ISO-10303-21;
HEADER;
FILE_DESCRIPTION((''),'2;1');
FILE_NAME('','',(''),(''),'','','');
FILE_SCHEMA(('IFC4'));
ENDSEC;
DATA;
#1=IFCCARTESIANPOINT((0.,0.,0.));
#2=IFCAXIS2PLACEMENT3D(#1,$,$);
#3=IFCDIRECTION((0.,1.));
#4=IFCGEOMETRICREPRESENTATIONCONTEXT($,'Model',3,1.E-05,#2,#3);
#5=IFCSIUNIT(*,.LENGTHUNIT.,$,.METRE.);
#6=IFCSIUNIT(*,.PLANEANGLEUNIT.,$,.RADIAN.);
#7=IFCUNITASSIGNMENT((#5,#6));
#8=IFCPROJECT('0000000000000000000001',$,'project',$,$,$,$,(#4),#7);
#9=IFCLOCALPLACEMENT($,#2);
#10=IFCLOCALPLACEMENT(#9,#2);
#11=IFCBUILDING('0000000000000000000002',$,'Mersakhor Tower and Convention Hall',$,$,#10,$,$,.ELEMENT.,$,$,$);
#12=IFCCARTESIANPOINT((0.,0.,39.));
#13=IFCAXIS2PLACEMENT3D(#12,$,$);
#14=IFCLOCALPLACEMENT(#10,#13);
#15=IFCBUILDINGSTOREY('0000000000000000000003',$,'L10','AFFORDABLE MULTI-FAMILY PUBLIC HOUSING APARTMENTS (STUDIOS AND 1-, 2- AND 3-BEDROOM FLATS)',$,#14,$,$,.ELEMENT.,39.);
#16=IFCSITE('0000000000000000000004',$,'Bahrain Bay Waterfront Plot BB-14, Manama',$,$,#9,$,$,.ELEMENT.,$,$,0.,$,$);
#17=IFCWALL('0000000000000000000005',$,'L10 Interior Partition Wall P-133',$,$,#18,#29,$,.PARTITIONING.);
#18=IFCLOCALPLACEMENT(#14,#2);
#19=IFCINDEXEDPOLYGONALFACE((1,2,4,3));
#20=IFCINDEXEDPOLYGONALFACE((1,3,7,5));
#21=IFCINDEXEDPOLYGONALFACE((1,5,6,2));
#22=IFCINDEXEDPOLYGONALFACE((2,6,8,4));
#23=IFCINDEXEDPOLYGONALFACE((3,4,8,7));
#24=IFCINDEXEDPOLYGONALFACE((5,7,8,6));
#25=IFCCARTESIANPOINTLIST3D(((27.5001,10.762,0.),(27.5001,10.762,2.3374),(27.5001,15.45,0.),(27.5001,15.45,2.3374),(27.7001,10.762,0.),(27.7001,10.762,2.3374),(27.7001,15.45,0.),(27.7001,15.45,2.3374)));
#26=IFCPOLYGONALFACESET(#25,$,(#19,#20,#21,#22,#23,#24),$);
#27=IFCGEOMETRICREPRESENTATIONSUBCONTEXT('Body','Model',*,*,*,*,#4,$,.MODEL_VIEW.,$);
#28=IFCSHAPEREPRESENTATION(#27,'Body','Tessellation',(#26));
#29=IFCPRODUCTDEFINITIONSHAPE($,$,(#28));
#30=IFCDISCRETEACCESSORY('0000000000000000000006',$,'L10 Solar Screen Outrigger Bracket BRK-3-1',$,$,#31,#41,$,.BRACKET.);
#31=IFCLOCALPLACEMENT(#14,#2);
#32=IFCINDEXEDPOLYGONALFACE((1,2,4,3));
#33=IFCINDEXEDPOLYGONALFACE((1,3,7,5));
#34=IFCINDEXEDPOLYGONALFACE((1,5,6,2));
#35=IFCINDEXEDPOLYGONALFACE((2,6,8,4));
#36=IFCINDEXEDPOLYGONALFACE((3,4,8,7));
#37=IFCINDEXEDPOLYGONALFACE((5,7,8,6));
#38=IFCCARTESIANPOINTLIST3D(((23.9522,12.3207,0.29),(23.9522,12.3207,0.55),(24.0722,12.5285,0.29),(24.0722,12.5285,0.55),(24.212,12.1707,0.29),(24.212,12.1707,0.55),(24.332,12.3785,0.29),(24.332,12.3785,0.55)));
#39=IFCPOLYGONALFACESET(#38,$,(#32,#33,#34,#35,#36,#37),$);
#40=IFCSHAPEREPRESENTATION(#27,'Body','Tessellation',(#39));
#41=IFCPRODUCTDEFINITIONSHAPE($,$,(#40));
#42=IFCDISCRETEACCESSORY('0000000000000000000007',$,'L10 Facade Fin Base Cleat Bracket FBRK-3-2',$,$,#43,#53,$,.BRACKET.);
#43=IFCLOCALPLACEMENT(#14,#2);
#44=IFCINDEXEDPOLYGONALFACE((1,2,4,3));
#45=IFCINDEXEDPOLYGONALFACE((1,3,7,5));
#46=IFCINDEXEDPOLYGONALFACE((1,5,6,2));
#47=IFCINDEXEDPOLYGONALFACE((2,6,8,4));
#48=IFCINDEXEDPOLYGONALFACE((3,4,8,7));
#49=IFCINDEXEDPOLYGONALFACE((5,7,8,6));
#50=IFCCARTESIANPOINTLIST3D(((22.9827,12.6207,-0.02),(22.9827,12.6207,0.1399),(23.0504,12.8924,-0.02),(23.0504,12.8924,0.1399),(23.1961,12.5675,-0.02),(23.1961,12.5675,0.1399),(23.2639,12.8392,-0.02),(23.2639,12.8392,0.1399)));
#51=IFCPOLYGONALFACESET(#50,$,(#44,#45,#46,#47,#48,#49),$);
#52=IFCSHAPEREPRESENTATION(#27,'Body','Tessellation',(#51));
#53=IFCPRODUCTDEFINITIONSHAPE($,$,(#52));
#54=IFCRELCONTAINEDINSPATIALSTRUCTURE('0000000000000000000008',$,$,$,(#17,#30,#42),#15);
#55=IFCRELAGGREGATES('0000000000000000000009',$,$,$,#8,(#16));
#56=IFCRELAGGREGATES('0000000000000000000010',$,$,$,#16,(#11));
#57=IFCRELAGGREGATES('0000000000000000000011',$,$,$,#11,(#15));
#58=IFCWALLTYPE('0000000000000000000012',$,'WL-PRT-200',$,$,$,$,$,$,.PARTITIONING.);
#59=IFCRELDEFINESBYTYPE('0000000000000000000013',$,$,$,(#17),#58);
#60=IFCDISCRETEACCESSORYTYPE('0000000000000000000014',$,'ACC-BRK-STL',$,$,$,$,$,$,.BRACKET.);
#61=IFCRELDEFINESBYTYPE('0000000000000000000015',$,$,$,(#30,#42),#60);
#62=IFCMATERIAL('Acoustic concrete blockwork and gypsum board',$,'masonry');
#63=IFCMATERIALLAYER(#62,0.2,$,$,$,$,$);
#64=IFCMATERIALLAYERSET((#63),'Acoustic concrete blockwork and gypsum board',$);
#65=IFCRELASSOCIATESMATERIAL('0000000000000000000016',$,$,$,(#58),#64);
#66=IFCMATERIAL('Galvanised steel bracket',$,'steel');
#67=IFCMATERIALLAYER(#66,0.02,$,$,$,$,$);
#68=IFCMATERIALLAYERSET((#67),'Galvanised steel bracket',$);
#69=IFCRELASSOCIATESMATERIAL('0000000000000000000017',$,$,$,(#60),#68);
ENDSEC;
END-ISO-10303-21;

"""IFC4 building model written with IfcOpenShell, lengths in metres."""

from ifc_helpers import new_model, si_unit, direction, frame, frame_2d, origin, origin_2d, place, context, subcontext, project, spatial, rectangle, extrude, material, layer, layer_set, type_object, element, save


model = new_model("IFC4")

# Units and contexts
model_context = context("Model", 3, precision=1e-05, world=origin(), true_north=direction((0.0, 1.0)))
body_context = subcontext(model_context, "Body", "Model", "MODEL_VIEW")
ifc_project = project(units=[si_unit("LENGTHUNIT", "METRE"), si_unit("PLANEANGLEUNIT", "RADIAN")], contexts=[model_context])

# Site, building, storey
site_placement = place(None, origin())
site = spatial("IfcSite", under=ifc_project, at=site_placement, Name="Bahrain Bay Waterfront Plot BB-14, Manama", CompositionType="ELEMENT", RefElevation=0.0)
building_placement = place(site_placement, origin())
building = spatial("IfcBuilding", under=site, at=building_placement, Name="Mersakhor Tower and Convention Hall", CompositionType="ELEMENT")
storey_placement = place(building_placement, frame((0.0, 0.0, 39.0)))
storey = spatial("IfcBuildingStorey", under=building, at=storey_placement, Name="L10", Description="AFFORDABLE MULTI-FAMILY PUBLIC HOUSING APARTMENTS (STUDIOS AND 1-, 2- AND 3-BEDROOM FLATS)", CompositionType="ELEMENT", Elevation=39.0)

# Wall
ifc_material_1 = material(Name="Acoustic concrete blockwork and gypsum board", Category="masonry")
ifc_layer_1 = layer(ifc_material_1, 0.2)
ifc_layer_set_1 = layer_set([ifc_layer_1], Name="Acoustic concrete blockwork and gypsum board")
wall_type_1 = type_object("IfcWallType", Name="WL-PRT-200", PredefinedType="PARTITIONING", material=ifc_layer_set_1)
wall_1_placement = place(storey_placement, frame((27.6001, 15.45, 0.0), z_axis=(0.0, 0.0, 1.0), x_axis=(0.0, -1.0, 0.0)))
element("IfcWall", 1, at=wall_1_placement, inside=storey, type_object=wall_type_1, Name="L10 Interior Partition Wall P-133", PredefinedType="PARTITIONING", context=body_context, shape_type="SweptSolid", body=[
    extrude(rectangle(XDim=4.688, YDim=0.2, at=frame_2d((2.344, 0.0))), origin(), (0.0, 0.0, 1.0), 2.3374),
])

# Discrete accessories
ifc_material_2 = material(Name="Galvanised steel bracket", Category="steel")
ifc_layer_2 = layer(ifc_material_2, 0.02)
ifc_layer_set_2 = layer_set([ifc_layer_2], Name="Galvanised steel bracket")
discrete_accessory_type = type_object("IfcDiscreteAccessoryType", Name="ACC-BRK-STL", PredefinedType="BRACKET", material=ifc_layer_set_2)
discrete_accessory_1_placement = place(storey_placement, frame((24.1421, 12.3496, 0.29), z_axis=(0.0, 0.0, 1.0), x_axis=(-0.866025, 0.5, 0.0)))
element("IfcDiscreteAccessory", 2, at=discrete_accessory_1_placement, inside=storey, type_object=discrete_accessory_type, Name="L10 Solar Screen Outrigger Bracket BRK-3-1", PredefinedType="BRACKET", context=body_context, shape_type="SweptSolid", body=[
    extrude(rectangle(XDim=0.3, YDim=0.24, at=origin_2d()), origin(), (0.0, 0.0, 1.0), 0.26),
])
discrete_accessory_2_placement = place(storey_placement, frame((23.1233, 12.73, -0.02), z_axis=(0.0, 0.0, 1.0), x_axis=(-0.241922, -0.970296, 0.0)))
element("IfcDiscreteAccessory", 3, at=discrete_accessory_2_placement, inside=storey, type_object=discrete_accessory_type, Name="L10 Facade Fin Base Cleat Bracket FBRK-3-2", PredefinedType="BRACKET", context=body_context, shape_type="SweptSolid", body=[
    extrude(rectangle(XDim=0.28, YDim=0.22, at=origin_2d()), origin(), (0.0, 0.0, 1.0), 0.1599),
])

save(model, "model.ifc")
